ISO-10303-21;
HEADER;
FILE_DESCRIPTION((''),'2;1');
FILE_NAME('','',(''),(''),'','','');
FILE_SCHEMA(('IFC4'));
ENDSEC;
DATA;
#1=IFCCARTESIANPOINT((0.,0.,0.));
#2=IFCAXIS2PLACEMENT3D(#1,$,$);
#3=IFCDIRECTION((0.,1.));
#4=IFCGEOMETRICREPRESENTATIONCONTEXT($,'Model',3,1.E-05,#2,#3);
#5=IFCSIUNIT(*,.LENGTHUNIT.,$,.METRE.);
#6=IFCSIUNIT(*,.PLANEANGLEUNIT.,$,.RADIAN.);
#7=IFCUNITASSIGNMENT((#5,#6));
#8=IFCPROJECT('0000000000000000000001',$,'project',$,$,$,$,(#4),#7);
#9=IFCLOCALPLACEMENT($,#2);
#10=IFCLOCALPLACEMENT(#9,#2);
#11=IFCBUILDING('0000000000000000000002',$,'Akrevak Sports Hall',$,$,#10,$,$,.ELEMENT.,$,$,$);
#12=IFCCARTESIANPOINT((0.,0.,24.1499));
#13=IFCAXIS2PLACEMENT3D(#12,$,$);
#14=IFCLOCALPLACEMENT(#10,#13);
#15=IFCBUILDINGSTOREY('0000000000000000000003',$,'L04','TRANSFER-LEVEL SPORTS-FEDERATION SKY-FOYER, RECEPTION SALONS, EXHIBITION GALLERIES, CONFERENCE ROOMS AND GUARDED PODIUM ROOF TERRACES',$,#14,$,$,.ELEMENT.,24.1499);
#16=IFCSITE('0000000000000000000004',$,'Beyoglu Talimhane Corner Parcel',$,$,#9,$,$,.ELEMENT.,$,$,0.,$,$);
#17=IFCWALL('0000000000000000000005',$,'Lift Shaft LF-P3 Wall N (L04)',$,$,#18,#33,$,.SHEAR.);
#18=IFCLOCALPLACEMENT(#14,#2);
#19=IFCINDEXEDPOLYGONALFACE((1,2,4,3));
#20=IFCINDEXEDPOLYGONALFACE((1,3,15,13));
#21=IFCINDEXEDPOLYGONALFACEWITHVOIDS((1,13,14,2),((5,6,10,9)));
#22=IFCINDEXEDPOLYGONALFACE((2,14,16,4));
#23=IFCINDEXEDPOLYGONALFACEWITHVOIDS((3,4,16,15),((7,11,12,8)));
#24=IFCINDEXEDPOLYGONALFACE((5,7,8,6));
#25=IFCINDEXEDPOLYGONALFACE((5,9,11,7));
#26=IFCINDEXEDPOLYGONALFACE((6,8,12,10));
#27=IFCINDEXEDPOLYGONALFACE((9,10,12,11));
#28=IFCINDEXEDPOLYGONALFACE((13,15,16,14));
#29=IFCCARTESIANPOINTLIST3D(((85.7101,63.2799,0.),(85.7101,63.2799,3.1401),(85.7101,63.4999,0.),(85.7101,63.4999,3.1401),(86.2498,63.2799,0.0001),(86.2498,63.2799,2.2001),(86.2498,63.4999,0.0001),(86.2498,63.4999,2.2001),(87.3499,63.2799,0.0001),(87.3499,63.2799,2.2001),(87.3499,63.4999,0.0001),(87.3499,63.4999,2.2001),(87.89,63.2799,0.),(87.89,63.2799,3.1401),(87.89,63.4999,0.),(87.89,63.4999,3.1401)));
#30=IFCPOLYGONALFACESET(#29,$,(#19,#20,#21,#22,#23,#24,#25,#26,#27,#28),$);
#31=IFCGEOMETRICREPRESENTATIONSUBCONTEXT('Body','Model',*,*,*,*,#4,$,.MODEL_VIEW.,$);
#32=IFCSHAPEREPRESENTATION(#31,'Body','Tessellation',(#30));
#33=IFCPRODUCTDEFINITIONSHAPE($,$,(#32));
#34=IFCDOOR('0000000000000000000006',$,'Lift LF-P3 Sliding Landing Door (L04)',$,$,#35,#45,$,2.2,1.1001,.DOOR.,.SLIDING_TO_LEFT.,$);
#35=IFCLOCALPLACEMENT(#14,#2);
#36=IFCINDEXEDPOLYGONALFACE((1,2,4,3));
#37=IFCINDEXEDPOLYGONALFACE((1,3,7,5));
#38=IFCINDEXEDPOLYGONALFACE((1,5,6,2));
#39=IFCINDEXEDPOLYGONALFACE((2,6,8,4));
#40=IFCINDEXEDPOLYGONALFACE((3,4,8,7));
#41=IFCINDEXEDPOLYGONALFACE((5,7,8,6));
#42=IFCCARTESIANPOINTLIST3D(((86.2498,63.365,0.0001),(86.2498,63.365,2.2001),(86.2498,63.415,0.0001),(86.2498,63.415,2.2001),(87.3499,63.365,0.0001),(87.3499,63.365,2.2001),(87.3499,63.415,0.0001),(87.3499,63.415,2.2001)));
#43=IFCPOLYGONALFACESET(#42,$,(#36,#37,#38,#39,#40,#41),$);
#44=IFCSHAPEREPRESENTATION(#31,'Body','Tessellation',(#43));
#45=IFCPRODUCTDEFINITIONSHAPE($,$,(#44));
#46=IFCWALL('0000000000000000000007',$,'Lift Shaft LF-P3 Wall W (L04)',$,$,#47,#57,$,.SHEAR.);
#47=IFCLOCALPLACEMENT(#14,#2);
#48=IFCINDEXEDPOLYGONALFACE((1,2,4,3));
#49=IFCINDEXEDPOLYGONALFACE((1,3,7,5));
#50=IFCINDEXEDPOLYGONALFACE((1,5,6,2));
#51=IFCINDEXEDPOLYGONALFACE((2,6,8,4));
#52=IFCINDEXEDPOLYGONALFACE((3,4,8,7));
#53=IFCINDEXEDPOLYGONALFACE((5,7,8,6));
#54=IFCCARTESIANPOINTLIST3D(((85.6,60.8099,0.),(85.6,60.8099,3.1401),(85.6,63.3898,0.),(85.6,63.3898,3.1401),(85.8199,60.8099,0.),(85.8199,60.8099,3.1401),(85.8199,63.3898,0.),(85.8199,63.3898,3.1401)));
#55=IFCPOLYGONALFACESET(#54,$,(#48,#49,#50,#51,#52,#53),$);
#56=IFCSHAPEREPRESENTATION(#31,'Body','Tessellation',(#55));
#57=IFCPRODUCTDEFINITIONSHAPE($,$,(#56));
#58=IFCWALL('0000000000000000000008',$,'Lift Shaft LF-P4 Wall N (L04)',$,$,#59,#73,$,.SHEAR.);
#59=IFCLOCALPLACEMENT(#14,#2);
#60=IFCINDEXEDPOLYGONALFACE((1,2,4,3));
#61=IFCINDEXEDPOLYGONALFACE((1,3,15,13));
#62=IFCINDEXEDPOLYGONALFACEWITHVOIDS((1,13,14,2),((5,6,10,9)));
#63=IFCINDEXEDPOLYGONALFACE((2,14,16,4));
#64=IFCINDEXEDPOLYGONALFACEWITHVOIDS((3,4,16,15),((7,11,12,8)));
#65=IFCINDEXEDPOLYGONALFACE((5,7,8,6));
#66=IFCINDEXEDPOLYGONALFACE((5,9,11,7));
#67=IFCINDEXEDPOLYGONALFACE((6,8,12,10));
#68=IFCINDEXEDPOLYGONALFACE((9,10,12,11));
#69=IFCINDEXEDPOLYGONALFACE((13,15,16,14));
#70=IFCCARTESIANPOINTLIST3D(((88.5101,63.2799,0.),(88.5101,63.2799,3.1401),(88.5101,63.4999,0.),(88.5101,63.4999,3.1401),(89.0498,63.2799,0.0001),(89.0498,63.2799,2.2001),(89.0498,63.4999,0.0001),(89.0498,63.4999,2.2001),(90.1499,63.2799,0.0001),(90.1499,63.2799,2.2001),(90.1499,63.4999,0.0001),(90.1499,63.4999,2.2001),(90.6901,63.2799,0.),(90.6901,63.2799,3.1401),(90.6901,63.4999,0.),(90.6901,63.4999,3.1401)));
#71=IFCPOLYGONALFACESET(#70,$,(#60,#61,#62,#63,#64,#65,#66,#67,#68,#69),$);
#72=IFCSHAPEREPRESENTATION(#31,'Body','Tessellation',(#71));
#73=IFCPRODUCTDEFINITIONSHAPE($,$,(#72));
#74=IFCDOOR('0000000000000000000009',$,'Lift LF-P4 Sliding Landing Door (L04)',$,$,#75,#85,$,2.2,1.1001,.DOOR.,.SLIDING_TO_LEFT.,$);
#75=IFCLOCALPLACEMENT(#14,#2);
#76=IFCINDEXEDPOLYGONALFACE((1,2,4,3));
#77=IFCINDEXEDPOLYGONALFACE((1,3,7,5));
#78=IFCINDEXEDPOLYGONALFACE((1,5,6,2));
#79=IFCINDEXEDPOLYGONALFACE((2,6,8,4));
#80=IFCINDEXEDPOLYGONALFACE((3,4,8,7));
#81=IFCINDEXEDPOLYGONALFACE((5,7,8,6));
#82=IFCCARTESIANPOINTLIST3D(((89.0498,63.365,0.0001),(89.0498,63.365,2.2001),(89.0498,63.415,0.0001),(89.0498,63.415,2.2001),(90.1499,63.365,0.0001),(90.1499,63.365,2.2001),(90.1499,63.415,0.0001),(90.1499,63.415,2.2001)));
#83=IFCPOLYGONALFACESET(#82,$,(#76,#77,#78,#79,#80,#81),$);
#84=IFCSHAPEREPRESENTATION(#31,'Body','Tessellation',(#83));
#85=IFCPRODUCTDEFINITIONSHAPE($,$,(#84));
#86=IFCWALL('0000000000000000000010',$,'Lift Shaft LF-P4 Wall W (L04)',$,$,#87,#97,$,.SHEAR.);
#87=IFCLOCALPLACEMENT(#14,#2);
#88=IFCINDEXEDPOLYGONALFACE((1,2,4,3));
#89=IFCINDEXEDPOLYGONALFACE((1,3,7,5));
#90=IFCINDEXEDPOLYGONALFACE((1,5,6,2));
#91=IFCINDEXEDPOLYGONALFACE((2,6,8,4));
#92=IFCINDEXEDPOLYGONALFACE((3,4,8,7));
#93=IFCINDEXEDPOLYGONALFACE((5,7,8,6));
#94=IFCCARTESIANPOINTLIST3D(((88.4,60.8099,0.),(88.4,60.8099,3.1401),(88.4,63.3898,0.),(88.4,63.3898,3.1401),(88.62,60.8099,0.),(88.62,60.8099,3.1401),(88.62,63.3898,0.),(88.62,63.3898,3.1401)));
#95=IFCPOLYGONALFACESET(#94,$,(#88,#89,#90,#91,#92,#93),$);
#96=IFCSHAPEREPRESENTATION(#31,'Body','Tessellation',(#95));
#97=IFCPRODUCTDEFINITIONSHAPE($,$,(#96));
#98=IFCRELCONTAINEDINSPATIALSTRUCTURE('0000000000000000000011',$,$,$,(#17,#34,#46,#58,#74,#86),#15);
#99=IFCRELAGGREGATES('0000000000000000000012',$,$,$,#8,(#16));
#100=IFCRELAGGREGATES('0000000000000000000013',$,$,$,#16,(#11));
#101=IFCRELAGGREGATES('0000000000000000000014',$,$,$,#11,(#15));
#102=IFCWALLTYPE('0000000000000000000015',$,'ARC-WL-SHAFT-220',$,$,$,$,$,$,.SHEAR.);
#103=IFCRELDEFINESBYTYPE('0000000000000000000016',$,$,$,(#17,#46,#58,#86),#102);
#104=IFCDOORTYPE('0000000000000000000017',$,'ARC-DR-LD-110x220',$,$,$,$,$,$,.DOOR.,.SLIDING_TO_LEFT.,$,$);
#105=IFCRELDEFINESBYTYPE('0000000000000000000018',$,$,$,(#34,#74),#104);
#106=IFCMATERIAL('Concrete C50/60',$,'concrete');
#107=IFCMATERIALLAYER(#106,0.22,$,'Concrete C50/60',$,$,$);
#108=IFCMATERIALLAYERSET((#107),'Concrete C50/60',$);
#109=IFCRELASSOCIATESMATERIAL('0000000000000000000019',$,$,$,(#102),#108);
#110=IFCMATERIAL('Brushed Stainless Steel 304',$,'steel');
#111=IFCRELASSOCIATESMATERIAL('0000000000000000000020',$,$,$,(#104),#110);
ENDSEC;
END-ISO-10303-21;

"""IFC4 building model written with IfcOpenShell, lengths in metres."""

from ifc_helpers import new_model, si_unit, direction, frame, frame_2d, origin, place, context, subcontext, project, spatial, rectangle, extrude, material, layer, layer_set, type_object, element, fill, save


model = new_model("IFC4")

# Units and contexts
model_context = context("Model", 3, precision=1e-05, world=origin(), true_north=direction((0.0, 1.0)))
body_context = subcontext(model_context, "Body", "Model", "MODEL_VIEW")
ifc_project = project(units=[si_unit("LENGTHUNIT", "METRE"), si_unit("PLANEANGLEUNIT", "RADIAN")], contexts=[model_context])

# Site, building, storey
site_placement = place(None, origin())
site = spatial("IfcSite", under=ifc_project, at=site_placement, Name="Beyoglu Talimhane Corner Parcel", CompositionType="ELEMENT", RefElevation=0.0)
building_placement = place(site_placement, origin())
building = spatial("IfcBuilding", under=site, at=building_placement, Name="Akrevak Sports Hall", CompositionType="ELEMENT")
storey_placement = place(building_placement, frame((0.0, 0.0, 24.1499)))
storey = spatial("IfcBuildingStorey", under=building, at=storey_placement, Name="L04", Description="TRANSFER-LEVEL SPORTS-FEDERATION SKY-FOYER, RECEPTION SALONS, EXHIBITION GALLERIES, CONFERENCE ROOMS AND GUARDED PODIUM ROOF TERRACES", CompositionType="ELEMENT", Elevation=24.1499)

# Shared definitions
ifc_material_1 = material(Name="Concrete C50/60", Category="concrete")

# Wall, opening, door
ifc_layer_1 = layer(ifc_material_1, 0.22, Name="Concrete C50/60")
ifc_layer_set_1 = layer_set([ifc_layer_1], Name="Concrete C50/60")
wall_type_1 = type_object("IfcWallType", Name="ARC-WL-SHAFT-220", PredefinedType="SHEAR", material=ifc_layer_set_1)
wall_1_placement = place(storey_placement, frame((87.8899, 63.3899, 0.0), z_axis=(0.0, 0.0, 1.0), x_axis=(-1.0, 0.0, 0.0)))
wall_1 = element("IfcWall", 1, at=wall_1_placement, inside=storey, type_object=wall_type_1, Name="Lift Shaft LF-P3 Wall N (L04)", PredefinedType="SHEAR", context=body_context, shape_type="SweptSolid", body=[
    extrude(rectangle(XDim=2.1799, YDim=0.22, at=frame_2d((1.0898, 0.0))), origin(), (0.0, 0.0, 1.0), 3.1401),
])
opening_1_placement = place(wall_1_placement, frame((0.54, 0.0, 0.0)))
opening_1 = element("IfcOpeningElement", 2, at=opening_1_placement, cuts=wall_1, PredefinedType="OPENING", context=body_context, shape_type="SweptSolid", body=[
    extrude(rectangle(XDim=1.1001, YDim=2.2, at=frame_2d((0.55, 1.1001))), frame((0.0, 0.1221, 0.0), z_axis=(0.0, -1.0, 0.0), x_axis=(1.0, 0.0, 0.0)), (0.0, 0.0, 1.0), 0.2439),
])
ifc_material_2 = material(Name="Brushed Stainless Steel 304", Category="steel")
door_type_1 = type_object("IfcDoorType", Name="ARC-DR-LD-110x220", OperationType="SLIDING_TO_LEFT", PredefinedType="DOOR", material=ifc_material_2)
door_1_placement = place(opening_1_placement, origin())
door_1 = element("IfcDoor", 3, at=door_1_placement, inside=storey, type_object=door_type_1, Name="Lift LF-P3 Sliding Landing Door (L04)", OperationType="SLIDING_TO_LEFT", OverallHeight=2.2, OverallWidth=1.1001, PredefinedType="DOOR", context=body_context, shape_type="SweptSolid", body=[
    extrude(rectangle(XDim=1.1001, YDim=2.2, at=frame_2d((0.55, 1.1001))), frame((0.0, 0.0249, 0.0), z_axis=(0.0, -1.0, 0.0), x_axis=(1.0, 0.0, 0.0)), (0.0, 0.0, 1.0), 0.05),
])
fill(opening_1, door_1)

# Wall
wall_2_placement = place(storey_placement, frame((85.71, 63.3899, 0.0), z_axis=(0.0, 0.0, 1.0), x_axis=(0.0, -1.0, 0.0)))
element("IfcWall", 4, at=wall_2_placement, inside=storey, type_object=wall_type_1, Name="Lift Shaft LF-P3 Wall W (L04)", PredefinedType="SHEAR", context=body_context, shape_type="SweptSolid", body=[
    extrude(rectangle(XDim=2.5798, YDim=0.22, at=frame_2d((1.29, 0.0))), origin(), (0.0, 0.0, 1.0), 3.1401),
])

# Wall, opening, door
wall_3_placement = place(storey_placement, frame((90.6899, 63.3899, 0.0), z_axis=(0.0, 0.0, 1.0), x_axis=(-1.0, 0.0, 0.0)))
wall_3 = element("IfcWall", 5, at=wall_3_placement, inside=storey, type_object=wall_type_1, Name="Lift Shaft LF-P4 Wall N (L04)", PredefinedType="SHEAR", context=body_context, shape_type="SweptSolid", body=[
    extrude(rectangle(XDim=2.1799, YDim=0.22, at=frame_2d((1.0898, 0.0))), origin(), (0.0, 0.0, 1.0), 3.1401),
])
opening_2_placement = place(wall_3_placement, frame((0.54, 0.0, 0.0)))
opening_2 = element("IfcOpeningElement", 6, at=opening_2_placement, cuts=wall_3, PredefinedType="OPENING", context=body_context, shape_type="SweptSolid", body=[
    extrude(rectangle(XDim=1.1001, YDim=2.2, at=frame_2d((0.55, 1.1001))), frame((0.0, 0.1221, 0.0), z_axis=(0.0, -1.0, 0.0), x_axis=(1.0, 0.0, 0.0)), (0.0, 0.0, 1.0), 0.2439),
])
door_2_placement = place(opening_2_placement, origin())
door_2 = element("IfcDoor", 7, at=door_2_placement, inside=storey, type_object=door_type_1, Name="Lift LF-P4 Sliding Landing Door (L04)", OperationType="SLIDING_TO_LEFT", OverallHeight=2.2, OverallWidth=1.1001, PredefinedType="DOOR", context=body_context, shape_type="SweptSolid", body=[
    extrude(rectangle(XDim=1.1001, YDim=2.2, at=frame_2d((0.55, 1.1001))), frame((0.0, 0.0249, 0.0), z_axis=(0.0, -1.0, 0.0), x_axis=(1.0, 0.0, 0.0)), (0.0, 0.0, 1.0), 0.05),
])
fill(opening_2, door_2)

# Wall
wall_4_placement = place(storey_placement, frame((88.51, 63.3899, 0.0), z_axis=(0.0, 0.0, 1.0), x_axis=(0.0, -1.0, 0.0)))
element("IfcWall", 8, at=wall_4_placement, inside=storey, type_object=wall_type_1, Name="Lift Shaft LF-P4 Wall W (L04)", PredefinedType="SHEAR", context=body_context, shape_type="SweptSolid", body=[
    extrude(rectangle(XDim=2.5798, YDim=0.22, at=frame_2d((1.29, 0.0))), origin(), (0.0, 0.0, 1.0), 3.1401),
])

save(model, "model.ifc")
